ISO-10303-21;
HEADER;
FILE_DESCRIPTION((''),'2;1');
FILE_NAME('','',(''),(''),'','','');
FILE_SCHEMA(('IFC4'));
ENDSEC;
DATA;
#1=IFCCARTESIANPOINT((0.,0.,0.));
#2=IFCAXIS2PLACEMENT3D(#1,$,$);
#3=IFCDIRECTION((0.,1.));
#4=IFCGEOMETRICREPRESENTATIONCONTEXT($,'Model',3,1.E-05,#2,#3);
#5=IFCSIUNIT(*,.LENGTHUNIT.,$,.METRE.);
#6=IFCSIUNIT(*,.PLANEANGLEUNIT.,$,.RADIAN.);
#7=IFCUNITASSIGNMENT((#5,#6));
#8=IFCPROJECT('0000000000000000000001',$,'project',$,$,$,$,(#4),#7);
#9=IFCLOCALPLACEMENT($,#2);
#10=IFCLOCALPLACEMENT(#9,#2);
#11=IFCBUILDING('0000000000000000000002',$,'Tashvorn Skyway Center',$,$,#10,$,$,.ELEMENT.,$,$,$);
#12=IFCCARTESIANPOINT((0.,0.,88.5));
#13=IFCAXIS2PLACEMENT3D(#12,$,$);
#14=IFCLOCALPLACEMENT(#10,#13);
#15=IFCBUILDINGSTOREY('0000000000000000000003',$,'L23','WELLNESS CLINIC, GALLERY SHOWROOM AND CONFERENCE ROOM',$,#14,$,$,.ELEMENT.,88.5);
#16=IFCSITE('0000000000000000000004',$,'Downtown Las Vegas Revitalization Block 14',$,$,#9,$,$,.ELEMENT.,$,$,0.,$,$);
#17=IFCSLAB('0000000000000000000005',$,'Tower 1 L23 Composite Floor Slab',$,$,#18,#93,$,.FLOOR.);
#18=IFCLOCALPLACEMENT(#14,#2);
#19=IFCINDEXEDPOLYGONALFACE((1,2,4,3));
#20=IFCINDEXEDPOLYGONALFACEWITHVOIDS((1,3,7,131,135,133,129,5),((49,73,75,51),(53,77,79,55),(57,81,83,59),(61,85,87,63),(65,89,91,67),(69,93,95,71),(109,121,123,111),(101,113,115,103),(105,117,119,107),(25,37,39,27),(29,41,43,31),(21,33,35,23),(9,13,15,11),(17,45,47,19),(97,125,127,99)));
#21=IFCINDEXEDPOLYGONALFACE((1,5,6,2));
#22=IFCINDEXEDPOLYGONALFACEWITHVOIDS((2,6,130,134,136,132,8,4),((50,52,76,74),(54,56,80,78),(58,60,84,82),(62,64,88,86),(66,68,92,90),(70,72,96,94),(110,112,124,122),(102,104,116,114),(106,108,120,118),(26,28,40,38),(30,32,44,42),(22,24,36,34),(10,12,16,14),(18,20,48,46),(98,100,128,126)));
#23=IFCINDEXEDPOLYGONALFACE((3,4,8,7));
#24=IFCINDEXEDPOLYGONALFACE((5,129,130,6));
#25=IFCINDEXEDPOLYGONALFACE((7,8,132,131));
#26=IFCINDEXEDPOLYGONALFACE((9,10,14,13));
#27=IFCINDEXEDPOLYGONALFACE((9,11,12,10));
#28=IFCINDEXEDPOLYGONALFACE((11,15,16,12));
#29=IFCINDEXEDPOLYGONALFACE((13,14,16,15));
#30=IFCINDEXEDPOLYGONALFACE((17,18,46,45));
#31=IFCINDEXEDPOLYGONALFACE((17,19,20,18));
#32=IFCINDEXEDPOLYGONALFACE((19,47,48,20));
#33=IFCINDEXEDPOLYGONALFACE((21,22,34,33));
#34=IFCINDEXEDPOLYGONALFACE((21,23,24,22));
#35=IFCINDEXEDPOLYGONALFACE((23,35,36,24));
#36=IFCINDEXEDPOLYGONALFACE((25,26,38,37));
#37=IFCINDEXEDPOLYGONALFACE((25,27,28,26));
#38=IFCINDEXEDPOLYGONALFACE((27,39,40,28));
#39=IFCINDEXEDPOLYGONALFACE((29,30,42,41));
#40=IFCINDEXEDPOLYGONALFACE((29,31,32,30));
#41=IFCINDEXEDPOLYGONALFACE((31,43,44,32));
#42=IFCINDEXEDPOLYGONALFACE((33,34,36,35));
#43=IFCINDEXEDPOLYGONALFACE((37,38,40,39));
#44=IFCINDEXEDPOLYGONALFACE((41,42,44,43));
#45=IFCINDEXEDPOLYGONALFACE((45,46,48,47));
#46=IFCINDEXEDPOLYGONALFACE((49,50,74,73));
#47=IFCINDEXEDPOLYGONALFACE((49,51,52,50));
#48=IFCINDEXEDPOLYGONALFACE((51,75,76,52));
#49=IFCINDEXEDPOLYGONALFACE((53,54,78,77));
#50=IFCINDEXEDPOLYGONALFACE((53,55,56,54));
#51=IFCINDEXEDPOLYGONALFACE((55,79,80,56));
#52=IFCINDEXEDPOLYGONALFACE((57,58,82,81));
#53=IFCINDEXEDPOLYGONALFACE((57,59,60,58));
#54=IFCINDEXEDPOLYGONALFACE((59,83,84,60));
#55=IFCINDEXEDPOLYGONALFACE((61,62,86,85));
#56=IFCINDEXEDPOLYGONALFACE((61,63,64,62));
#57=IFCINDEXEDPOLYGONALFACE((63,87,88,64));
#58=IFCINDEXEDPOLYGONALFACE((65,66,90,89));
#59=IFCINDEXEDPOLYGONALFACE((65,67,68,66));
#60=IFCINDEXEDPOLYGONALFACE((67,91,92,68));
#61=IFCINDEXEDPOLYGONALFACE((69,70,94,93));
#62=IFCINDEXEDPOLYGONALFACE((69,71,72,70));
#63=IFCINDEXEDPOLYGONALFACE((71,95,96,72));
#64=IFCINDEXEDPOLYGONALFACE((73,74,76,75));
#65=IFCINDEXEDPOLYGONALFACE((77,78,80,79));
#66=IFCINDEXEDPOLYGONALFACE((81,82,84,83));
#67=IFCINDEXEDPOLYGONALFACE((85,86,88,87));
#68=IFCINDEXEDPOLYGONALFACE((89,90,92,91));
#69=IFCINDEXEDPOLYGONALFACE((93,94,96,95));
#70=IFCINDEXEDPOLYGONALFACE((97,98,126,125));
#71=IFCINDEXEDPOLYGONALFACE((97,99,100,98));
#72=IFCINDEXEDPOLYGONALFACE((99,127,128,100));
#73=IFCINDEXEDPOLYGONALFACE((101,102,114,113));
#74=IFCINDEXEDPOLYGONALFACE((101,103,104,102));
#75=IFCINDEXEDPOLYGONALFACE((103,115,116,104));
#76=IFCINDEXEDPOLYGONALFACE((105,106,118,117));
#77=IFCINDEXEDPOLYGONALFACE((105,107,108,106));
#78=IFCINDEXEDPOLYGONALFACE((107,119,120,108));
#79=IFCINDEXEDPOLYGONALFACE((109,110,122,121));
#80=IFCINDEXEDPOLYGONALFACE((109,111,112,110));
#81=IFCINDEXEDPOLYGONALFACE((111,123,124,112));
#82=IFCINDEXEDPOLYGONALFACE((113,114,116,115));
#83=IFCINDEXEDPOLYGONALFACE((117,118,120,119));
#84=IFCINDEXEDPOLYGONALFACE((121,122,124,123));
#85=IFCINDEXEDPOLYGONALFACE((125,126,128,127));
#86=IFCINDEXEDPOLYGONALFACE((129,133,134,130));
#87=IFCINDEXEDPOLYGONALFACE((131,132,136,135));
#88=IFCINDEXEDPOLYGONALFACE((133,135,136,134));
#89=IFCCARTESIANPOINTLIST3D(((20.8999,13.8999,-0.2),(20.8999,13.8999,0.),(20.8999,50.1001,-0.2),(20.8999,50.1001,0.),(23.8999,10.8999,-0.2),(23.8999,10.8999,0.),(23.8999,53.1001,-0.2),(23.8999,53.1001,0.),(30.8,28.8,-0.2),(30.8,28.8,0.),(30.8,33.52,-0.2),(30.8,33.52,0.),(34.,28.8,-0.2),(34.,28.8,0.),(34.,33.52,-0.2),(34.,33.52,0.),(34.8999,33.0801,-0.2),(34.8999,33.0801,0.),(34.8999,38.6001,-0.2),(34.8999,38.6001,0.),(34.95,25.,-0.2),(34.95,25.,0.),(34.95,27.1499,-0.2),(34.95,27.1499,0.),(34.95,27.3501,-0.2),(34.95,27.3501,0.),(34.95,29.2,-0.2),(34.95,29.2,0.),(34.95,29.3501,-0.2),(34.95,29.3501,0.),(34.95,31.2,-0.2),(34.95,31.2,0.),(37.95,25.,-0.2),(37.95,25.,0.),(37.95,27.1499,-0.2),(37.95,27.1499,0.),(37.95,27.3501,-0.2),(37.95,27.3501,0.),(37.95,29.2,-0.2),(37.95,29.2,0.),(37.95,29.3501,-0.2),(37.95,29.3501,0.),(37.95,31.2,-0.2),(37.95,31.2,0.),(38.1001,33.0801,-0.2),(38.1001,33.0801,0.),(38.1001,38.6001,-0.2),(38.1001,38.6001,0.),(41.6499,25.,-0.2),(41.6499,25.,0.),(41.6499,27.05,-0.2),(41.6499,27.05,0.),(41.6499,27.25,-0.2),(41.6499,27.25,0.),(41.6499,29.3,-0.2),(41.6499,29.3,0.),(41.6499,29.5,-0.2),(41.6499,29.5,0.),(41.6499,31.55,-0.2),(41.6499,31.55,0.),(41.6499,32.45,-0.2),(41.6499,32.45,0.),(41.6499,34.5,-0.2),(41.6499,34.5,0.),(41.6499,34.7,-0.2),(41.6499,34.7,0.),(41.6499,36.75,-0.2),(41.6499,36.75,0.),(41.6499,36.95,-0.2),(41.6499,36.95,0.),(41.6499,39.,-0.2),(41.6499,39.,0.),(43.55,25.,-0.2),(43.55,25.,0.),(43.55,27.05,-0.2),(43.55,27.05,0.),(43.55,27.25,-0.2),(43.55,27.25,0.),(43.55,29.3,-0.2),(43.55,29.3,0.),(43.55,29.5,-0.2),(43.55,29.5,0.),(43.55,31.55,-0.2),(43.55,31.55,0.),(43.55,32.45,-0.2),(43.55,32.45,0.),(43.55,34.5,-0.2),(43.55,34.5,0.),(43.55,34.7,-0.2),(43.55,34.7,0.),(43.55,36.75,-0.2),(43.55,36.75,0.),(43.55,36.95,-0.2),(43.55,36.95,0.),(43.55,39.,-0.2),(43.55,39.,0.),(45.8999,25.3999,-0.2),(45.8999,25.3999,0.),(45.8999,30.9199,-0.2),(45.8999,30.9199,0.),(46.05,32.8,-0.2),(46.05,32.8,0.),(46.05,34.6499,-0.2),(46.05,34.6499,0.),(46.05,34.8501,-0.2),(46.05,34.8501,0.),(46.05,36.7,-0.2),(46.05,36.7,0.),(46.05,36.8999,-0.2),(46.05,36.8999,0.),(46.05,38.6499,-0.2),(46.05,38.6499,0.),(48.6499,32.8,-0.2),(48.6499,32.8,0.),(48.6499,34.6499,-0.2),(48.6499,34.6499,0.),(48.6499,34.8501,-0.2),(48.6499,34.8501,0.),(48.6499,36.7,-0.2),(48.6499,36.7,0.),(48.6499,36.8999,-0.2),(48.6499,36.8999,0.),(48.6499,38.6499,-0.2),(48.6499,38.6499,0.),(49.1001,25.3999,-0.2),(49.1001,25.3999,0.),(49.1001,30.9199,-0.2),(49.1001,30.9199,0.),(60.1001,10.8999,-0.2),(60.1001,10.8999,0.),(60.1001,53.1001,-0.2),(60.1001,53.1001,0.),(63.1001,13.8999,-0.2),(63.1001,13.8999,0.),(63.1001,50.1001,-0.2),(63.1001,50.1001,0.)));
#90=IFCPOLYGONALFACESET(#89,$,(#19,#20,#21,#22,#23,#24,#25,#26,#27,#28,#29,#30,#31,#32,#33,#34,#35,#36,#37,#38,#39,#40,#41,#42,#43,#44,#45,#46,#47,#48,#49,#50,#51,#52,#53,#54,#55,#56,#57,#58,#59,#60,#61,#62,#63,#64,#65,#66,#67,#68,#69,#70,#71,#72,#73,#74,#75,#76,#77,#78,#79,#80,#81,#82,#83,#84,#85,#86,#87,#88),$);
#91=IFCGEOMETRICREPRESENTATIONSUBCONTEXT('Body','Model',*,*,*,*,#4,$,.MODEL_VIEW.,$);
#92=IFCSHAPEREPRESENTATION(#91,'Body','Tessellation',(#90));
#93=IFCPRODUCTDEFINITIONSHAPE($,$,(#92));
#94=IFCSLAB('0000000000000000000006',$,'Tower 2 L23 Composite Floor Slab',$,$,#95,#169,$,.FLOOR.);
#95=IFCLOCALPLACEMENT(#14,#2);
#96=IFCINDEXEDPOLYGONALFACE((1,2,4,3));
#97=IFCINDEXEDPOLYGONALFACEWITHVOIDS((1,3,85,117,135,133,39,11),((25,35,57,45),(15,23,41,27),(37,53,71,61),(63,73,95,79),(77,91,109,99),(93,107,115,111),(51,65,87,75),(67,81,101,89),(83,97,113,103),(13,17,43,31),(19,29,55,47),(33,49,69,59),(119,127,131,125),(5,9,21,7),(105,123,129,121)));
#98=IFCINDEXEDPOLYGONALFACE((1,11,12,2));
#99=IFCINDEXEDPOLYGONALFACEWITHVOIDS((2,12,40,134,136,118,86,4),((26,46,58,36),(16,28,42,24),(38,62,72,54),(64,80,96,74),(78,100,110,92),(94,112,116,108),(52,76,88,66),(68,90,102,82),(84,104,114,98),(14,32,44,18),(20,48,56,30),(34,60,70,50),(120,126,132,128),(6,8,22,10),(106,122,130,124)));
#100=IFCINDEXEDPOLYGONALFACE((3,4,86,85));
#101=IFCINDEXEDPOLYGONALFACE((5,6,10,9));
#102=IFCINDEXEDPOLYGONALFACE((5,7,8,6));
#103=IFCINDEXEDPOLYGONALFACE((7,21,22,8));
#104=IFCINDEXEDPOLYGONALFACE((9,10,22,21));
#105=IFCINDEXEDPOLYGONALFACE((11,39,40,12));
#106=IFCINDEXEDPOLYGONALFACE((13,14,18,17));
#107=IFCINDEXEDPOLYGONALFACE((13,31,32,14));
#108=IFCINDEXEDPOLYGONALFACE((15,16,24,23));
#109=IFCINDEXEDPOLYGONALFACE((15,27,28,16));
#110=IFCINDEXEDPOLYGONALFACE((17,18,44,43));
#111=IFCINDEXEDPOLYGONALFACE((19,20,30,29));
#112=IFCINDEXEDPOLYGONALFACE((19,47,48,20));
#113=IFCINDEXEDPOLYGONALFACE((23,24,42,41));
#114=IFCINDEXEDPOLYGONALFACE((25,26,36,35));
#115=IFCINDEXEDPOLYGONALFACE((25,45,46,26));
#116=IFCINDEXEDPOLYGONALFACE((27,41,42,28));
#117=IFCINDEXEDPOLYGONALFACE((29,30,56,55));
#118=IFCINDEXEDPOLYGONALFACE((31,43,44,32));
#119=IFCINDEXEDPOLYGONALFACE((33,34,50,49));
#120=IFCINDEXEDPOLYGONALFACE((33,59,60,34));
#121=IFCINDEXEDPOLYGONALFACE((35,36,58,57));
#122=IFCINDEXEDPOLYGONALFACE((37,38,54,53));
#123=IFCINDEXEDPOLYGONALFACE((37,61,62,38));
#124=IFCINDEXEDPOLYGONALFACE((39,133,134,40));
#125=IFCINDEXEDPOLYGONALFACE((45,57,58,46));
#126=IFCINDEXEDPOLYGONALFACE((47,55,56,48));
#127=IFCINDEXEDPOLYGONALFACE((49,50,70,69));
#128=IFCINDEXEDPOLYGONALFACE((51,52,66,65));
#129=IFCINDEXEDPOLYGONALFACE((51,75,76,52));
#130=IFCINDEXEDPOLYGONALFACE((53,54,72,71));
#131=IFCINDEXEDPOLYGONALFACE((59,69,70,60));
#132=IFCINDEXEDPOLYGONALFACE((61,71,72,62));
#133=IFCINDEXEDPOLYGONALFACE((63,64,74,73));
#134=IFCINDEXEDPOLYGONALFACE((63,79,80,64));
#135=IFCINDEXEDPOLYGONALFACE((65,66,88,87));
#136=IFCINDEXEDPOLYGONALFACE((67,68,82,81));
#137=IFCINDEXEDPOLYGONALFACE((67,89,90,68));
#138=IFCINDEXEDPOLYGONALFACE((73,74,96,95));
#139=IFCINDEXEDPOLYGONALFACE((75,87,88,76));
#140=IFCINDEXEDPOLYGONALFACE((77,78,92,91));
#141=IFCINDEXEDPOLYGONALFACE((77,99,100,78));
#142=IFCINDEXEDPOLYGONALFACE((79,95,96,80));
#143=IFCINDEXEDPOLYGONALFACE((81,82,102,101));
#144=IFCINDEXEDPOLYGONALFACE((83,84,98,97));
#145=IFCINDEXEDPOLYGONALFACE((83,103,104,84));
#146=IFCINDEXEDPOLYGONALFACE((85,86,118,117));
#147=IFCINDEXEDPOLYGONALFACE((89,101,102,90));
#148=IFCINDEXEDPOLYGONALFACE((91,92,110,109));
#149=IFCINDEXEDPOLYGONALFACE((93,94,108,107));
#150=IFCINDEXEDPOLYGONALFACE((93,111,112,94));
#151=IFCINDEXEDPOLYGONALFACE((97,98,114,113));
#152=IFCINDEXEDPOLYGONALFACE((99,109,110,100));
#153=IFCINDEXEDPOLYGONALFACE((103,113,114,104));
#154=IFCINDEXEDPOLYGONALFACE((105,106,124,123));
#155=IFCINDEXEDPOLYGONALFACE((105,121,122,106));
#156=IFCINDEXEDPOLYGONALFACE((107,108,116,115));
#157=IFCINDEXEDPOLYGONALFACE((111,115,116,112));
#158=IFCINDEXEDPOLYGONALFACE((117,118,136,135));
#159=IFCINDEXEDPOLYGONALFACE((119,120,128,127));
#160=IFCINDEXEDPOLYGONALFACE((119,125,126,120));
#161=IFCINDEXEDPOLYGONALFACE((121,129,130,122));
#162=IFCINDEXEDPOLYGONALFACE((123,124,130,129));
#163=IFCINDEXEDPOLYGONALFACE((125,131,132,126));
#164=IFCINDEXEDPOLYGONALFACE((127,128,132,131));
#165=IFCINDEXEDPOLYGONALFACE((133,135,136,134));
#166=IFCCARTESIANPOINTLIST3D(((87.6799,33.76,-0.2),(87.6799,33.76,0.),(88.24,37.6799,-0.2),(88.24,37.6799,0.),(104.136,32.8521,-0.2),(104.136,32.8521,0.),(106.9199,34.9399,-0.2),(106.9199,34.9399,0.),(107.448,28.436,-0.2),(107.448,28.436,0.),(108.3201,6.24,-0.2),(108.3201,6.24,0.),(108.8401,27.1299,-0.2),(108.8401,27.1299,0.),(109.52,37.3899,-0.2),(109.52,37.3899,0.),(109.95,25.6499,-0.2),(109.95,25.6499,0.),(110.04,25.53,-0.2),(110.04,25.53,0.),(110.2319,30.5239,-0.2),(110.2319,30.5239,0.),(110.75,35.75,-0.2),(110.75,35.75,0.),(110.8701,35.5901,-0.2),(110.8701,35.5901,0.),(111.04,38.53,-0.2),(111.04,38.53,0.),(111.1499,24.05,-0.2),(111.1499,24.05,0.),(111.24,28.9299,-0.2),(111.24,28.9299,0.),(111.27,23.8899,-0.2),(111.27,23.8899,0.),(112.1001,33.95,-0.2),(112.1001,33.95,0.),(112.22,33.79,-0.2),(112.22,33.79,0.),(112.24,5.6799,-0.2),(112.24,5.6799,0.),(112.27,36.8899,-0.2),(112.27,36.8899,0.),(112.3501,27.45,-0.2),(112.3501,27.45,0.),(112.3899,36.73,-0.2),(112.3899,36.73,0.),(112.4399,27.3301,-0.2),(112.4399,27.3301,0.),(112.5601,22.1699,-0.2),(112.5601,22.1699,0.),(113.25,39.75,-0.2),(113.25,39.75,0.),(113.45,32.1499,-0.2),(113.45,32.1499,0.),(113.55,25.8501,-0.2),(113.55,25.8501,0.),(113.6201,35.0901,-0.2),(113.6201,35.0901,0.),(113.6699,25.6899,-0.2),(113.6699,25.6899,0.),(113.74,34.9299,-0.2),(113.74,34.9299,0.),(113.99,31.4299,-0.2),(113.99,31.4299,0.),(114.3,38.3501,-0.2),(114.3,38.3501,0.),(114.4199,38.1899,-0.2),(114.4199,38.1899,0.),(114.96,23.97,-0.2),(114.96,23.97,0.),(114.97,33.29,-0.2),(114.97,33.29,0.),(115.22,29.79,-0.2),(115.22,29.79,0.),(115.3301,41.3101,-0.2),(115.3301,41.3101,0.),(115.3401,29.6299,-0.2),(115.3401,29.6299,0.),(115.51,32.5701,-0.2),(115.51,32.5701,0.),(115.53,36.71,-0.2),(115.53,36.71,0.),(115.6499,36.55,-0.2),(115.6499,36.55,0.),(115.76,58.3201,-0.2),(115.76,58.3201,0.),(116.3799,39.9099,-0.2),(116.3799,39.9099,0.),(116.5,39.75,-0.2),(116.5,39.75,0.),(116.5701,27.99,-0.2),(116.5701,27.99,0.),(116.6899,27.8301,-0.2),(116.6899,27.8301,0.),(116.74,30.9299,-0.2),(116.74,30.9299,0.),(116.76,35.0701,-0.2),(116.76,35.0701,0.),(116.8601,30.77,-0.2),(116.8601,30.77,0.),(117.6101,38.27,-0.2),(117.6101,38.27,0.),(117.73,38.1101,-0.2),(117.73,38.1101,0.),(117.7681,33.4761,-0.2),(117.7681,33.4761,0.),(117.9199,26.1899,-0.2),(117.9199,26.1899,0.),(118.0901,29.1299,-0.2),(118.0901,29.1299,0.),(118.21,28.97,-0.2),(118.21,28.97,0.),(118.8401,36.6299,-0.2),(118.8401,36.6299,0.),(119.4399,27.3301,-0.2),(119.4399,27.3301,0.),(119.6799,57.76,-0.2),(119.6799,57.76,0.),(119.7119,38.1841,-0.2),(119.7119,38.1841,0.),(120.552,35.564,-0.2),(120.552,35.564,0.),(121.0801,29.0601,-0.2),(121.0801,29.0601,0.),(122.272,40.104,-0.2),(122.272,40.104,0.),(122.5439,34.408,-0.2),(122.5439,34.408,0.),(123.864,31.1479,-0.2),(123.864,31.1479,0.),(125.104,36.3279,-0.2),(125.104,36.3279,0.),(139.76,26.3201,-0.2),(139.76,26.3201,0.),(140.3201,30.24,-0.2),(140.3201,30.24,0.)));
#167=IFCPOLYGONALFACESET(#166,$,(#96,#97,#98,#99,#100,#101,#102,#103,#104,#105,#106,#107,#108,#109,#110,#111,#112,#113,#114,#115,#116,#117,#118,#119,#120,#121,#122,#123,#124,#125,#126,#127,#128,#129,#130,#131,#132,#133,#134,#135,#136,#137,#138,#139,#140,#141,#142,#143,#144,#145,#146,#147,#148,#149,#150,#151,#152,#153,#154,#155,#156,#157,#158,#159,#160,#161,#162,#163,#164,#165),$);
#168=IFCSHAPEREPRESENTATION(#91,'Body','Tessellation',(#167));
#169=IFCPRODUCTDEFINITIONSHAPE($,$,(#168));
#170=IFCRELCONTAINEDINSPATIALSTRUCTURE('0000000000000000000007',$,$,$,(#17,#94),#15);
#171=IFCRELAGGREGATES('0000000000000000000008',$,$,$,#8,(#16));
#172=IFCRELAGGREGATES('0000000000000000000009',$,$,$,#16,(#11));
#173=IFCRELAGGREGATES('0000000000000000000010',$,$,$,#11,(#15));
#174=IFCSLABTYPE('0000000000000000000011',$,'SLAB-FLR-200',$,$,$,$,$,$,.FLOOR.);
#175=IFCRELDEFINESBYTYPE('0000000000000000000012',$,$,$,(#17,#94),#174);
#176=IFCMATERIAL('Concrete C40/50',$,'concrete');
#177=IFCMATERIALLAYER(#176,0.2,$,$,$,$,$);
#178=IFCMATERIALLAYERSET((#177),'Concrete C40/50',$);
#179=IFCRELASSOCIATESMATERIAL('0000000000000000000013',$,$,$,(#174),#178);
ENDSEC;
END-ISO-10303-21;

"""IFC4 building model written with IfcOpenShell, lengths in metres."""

from ifc_helpers import new_model, si_unit, direction, frame, origin, place, context, subcontext, project, spatial, polyline, outline, extrude, material, layer, layer_set, type_object, element, save


model = new_model("IFC4")

# Units and contexts
model_context = context("Model", 3, precision=1e-05, world=origin(), true_north=direction((0.0, 1.0)))
body_context = subcontext(model_context, "Body", "Model", "MODEL_VIEW")
ifc_project = project(units=[si_unit("LENGTHUNIT", "METRE"), si_unit("PLANEANGLEUNIT", "RADIAN")], contexts=[model_context])

# Site, building, storey
site_placement = place(None, origin())
site = spatial("IfcSite", under=ifc_project, at=site_placement, Name="Downtown Las Vegas Revitalization Block 14", CompositionType="ELEMENT", RefElevation=0.0)
building_placement = place(site_placement, origin())
building = spatial("IfcBuilding", under=site, at=building_placement, Name="Tashvorn Skyway Center", CompositionType="ELEMENT")
storey_placement = place(building_placement, frame((0.0, 0.0, 88.5)))
storey = spatial("IfcBuildingStorey", under=building, at=storey_placement, Name="L23", Description="WELLNESS CLINIC, GALLERY SHOWROOM AND CONFERENCE ROOM", CompositionType="ELEMENT", Elevation=88.5)

# Slabs
ifc_material_1 = material(Name="Concrete C40/50", Category="concrete")
ifc_layer_1 = layer(ifc_material_1, 0.2)
ifc_layer_set_1 = layer_set([ifc_layer_1], Name="Concrete C40/50")
slab_type_1 = type_object("IfcSlabType", Name="SLAB-FLR-200", PredefinedType="FLOOR", material=ifc_layer_set_1)
slab_1_placement = place(storey_placement, frame((0.0, 0.0, -0.2)))
element("IfcSlab", 1, at=slab_1_placement, inside=storey, type_object=slab_type_1, Name="Tower 1 L23 Composite Floor Slab", PredefinedType="FLOOR", context=body_context, shape_type="SweptSolid", body=[
    extrude(outline(polyline([(23.8999, 10.8999), (60.1001, 10.8999), (63.1001, 13.8999), (63.1001, 50.1001), (60.1001, 53.1001), (23.8999, 53.1001), (20.8999, 50.1001), (20.8999, 13.8999), (23.8999, 10.8999)]), holes=[polyline([(38.1001, 33.0801), (38.1001, 38.6001), (34.8999, 38.6001), (34.8999, 33.0801), (38.1001, 33.0801)]), polyline([(45.8999, 30.9199), (45.8999, 25.3999), (49.1001, 25.3999), (49.1001, 30.9199), (45.8999, 30.9199)]), polyline([(30.8, 33.52), (30.8, 28.8), (34.0, 28.8), (34.0, 33.52), (30.8, 33.52)]), polyline([(34.95, 29.3501), (37.95, 29.3501), (37.95, 31.2), (34.95, 31.2), (34.95, 29.3501)]), polyline([(34.95, 27.3501), (37.95, 27.3501), (37.95, 29.2), (34.95, 29.2), (34.95, 27.3501)]), polyline([(34.95, 25.0), (37.95, 25.0), (37.95, 27.1499), (34.95, 27.1499), (34.95, 25.0)]), polyline([(41.6499, 25.0), (43.55, 25.0), (43.55, 27.05), (41.6499, 27.05), (41.6499, 25.0)]), polyline([(41.6499, 27.25), (43.55, 27.25), (43.55, 29.3), (41.6499, 29.3), (41.6499, 27.25)]), polyline([(41.6499, 29.5), (43.55, 29.5), (43.55, 31.55), (41.6499, 31.55), (41.6499, 29.5)]), polyline([(41.6499, 32.45), (43.55, 32.45), (43.55, 34.5), (41.6499, 34.5), (41.6499, 32.45)]), polyline([(41.6499, 34.7), (43.55, 34.7), (43.55, 36.75), (41.6499, 36.75), (41.6499, 34.7)]), polyline([(41.6499, 36.95), (43.55, 36.95), (43.55, 39.0), (41.6499, 39.0), (41.6499, 36.95)]), polyline([(46.05, 32.8), (48.6499, 32.8), (48.6499, 34.6499), (46.05, 34.6499), (46.05, 32.8)]), polyline([(46.05, 34.8501), (48.6499, 34.8501), (48.6499, 36.7), (46.05, 36.7), (46.05, 34.8501)]), polyline([(46.05, 36.8999), (48.6499, 36.8999), (48.6499, 38.6499), (46.05, 38.6499), (46.05, 36.8999)])]), origin(), (0.0, 0.0, 1.0), 0.2),
])
slab_2_placement = place(storey_placement, frame((0.0, 0.0, -0.2)))
element("IfcSlab", 2, at=slab_2_placement, inside=storey, type_object=slab_type_1, Name="Tower 2 L23 Composite Floor Slab", PredefinedType="FLOOR", context=body_context, shape_type="SweptSolid", body=[
    extrude(outline(polyline([(112.24, 5.6799), (139.76, 26.3201), (140.3201, 30.24), (119.6799, 57.76), (115.76, 58.3201), (88.24, 37.6799), (87.6799, 33.76), (108.3201, 6.24), (112.24, 5.6799)]), holes=[polyline([(110.2319, 30.5239), (106.9199, 34.9399), (104.136, 32.8521), (107.448, 28.436), (110.2319, 30.5239)]), polyline([(117.7681, 33.4761), (121.0801, 29.0601), (123.864, 31.1479), (120.552, 35.564), (117.7681, 33.4761)]), polyline([(119.7119, 38.1841), (122.5439, 34.408), (125.104, 36.3279), (122.272, 40.104), (119.7119, 38.1841)]), polyline([(109.95, 25.6499), (112.3501, 27.45), (111.24, 28.9299), (108.8401, 27.1299), (109.95, 25.6499)]), polyline([(111.1499, 24.05), (113.55, 25.8501), (112.4399, 27.3301), (110.04, 25.53), (111.1499, 24.05)]), polyline([(112.5601, 22.1699), (114.96, 23.97), (113.6699, 25.6899), (111.27, 23.8899), (112.5601, 22.1699)]), polyline([(117.9199, 26.1899), (119.4399, 27.3301), (118.21, 28.97), (116.6899, 27.8301), (117.9199, 26.1899)]), polyline([(116.5701, 27.99), (118.0901, 29.1299), (116.8601, 30.77), (115.3401, 29.6299), (116.5701, 27.99)]), polyline([(115.22, 29.79), (116.74, 30.9299), (115.51, 32.5701), (113.99, 31.4299), (115.22, 29.79)]), polyline([(113.45, 32.1499), (114.97, 33.29), (113.74, 34.9299), (112.22, 33.79), (113.45, 32.1499)]), polyline([(112.1001, 33.95), (113.6201, 35.0901), (112.3899, 36.73), (110.8701, 35.5901), (112.1001, 33.95)]), polyline([(110.75, 35.75), (112.27, 36.8899), (111.04, 38.53), (109.52, 37.3899), (110.75, 35.75)]), polyline([(116.76, 35.0701), (118.8401, 36.6299), (117.73, 38.1101), (115.6499, 36.55), (116.76, 35.0701)]), polyline([(115.53, 36.71), (117.6101, 38.27), (116.5, 39.75), (114.4199, 38.1899), (115.53, 36.71)]), polyline([(114.3, 38.3501), (116.3799, 39.9099), (115.3301, 41.3101), (113.25, 39.75), (114.3, 38.3501)])]), origin(), (0.0, 0.0, 1.0), 0.2),
])

save(model, "model.ifc")
